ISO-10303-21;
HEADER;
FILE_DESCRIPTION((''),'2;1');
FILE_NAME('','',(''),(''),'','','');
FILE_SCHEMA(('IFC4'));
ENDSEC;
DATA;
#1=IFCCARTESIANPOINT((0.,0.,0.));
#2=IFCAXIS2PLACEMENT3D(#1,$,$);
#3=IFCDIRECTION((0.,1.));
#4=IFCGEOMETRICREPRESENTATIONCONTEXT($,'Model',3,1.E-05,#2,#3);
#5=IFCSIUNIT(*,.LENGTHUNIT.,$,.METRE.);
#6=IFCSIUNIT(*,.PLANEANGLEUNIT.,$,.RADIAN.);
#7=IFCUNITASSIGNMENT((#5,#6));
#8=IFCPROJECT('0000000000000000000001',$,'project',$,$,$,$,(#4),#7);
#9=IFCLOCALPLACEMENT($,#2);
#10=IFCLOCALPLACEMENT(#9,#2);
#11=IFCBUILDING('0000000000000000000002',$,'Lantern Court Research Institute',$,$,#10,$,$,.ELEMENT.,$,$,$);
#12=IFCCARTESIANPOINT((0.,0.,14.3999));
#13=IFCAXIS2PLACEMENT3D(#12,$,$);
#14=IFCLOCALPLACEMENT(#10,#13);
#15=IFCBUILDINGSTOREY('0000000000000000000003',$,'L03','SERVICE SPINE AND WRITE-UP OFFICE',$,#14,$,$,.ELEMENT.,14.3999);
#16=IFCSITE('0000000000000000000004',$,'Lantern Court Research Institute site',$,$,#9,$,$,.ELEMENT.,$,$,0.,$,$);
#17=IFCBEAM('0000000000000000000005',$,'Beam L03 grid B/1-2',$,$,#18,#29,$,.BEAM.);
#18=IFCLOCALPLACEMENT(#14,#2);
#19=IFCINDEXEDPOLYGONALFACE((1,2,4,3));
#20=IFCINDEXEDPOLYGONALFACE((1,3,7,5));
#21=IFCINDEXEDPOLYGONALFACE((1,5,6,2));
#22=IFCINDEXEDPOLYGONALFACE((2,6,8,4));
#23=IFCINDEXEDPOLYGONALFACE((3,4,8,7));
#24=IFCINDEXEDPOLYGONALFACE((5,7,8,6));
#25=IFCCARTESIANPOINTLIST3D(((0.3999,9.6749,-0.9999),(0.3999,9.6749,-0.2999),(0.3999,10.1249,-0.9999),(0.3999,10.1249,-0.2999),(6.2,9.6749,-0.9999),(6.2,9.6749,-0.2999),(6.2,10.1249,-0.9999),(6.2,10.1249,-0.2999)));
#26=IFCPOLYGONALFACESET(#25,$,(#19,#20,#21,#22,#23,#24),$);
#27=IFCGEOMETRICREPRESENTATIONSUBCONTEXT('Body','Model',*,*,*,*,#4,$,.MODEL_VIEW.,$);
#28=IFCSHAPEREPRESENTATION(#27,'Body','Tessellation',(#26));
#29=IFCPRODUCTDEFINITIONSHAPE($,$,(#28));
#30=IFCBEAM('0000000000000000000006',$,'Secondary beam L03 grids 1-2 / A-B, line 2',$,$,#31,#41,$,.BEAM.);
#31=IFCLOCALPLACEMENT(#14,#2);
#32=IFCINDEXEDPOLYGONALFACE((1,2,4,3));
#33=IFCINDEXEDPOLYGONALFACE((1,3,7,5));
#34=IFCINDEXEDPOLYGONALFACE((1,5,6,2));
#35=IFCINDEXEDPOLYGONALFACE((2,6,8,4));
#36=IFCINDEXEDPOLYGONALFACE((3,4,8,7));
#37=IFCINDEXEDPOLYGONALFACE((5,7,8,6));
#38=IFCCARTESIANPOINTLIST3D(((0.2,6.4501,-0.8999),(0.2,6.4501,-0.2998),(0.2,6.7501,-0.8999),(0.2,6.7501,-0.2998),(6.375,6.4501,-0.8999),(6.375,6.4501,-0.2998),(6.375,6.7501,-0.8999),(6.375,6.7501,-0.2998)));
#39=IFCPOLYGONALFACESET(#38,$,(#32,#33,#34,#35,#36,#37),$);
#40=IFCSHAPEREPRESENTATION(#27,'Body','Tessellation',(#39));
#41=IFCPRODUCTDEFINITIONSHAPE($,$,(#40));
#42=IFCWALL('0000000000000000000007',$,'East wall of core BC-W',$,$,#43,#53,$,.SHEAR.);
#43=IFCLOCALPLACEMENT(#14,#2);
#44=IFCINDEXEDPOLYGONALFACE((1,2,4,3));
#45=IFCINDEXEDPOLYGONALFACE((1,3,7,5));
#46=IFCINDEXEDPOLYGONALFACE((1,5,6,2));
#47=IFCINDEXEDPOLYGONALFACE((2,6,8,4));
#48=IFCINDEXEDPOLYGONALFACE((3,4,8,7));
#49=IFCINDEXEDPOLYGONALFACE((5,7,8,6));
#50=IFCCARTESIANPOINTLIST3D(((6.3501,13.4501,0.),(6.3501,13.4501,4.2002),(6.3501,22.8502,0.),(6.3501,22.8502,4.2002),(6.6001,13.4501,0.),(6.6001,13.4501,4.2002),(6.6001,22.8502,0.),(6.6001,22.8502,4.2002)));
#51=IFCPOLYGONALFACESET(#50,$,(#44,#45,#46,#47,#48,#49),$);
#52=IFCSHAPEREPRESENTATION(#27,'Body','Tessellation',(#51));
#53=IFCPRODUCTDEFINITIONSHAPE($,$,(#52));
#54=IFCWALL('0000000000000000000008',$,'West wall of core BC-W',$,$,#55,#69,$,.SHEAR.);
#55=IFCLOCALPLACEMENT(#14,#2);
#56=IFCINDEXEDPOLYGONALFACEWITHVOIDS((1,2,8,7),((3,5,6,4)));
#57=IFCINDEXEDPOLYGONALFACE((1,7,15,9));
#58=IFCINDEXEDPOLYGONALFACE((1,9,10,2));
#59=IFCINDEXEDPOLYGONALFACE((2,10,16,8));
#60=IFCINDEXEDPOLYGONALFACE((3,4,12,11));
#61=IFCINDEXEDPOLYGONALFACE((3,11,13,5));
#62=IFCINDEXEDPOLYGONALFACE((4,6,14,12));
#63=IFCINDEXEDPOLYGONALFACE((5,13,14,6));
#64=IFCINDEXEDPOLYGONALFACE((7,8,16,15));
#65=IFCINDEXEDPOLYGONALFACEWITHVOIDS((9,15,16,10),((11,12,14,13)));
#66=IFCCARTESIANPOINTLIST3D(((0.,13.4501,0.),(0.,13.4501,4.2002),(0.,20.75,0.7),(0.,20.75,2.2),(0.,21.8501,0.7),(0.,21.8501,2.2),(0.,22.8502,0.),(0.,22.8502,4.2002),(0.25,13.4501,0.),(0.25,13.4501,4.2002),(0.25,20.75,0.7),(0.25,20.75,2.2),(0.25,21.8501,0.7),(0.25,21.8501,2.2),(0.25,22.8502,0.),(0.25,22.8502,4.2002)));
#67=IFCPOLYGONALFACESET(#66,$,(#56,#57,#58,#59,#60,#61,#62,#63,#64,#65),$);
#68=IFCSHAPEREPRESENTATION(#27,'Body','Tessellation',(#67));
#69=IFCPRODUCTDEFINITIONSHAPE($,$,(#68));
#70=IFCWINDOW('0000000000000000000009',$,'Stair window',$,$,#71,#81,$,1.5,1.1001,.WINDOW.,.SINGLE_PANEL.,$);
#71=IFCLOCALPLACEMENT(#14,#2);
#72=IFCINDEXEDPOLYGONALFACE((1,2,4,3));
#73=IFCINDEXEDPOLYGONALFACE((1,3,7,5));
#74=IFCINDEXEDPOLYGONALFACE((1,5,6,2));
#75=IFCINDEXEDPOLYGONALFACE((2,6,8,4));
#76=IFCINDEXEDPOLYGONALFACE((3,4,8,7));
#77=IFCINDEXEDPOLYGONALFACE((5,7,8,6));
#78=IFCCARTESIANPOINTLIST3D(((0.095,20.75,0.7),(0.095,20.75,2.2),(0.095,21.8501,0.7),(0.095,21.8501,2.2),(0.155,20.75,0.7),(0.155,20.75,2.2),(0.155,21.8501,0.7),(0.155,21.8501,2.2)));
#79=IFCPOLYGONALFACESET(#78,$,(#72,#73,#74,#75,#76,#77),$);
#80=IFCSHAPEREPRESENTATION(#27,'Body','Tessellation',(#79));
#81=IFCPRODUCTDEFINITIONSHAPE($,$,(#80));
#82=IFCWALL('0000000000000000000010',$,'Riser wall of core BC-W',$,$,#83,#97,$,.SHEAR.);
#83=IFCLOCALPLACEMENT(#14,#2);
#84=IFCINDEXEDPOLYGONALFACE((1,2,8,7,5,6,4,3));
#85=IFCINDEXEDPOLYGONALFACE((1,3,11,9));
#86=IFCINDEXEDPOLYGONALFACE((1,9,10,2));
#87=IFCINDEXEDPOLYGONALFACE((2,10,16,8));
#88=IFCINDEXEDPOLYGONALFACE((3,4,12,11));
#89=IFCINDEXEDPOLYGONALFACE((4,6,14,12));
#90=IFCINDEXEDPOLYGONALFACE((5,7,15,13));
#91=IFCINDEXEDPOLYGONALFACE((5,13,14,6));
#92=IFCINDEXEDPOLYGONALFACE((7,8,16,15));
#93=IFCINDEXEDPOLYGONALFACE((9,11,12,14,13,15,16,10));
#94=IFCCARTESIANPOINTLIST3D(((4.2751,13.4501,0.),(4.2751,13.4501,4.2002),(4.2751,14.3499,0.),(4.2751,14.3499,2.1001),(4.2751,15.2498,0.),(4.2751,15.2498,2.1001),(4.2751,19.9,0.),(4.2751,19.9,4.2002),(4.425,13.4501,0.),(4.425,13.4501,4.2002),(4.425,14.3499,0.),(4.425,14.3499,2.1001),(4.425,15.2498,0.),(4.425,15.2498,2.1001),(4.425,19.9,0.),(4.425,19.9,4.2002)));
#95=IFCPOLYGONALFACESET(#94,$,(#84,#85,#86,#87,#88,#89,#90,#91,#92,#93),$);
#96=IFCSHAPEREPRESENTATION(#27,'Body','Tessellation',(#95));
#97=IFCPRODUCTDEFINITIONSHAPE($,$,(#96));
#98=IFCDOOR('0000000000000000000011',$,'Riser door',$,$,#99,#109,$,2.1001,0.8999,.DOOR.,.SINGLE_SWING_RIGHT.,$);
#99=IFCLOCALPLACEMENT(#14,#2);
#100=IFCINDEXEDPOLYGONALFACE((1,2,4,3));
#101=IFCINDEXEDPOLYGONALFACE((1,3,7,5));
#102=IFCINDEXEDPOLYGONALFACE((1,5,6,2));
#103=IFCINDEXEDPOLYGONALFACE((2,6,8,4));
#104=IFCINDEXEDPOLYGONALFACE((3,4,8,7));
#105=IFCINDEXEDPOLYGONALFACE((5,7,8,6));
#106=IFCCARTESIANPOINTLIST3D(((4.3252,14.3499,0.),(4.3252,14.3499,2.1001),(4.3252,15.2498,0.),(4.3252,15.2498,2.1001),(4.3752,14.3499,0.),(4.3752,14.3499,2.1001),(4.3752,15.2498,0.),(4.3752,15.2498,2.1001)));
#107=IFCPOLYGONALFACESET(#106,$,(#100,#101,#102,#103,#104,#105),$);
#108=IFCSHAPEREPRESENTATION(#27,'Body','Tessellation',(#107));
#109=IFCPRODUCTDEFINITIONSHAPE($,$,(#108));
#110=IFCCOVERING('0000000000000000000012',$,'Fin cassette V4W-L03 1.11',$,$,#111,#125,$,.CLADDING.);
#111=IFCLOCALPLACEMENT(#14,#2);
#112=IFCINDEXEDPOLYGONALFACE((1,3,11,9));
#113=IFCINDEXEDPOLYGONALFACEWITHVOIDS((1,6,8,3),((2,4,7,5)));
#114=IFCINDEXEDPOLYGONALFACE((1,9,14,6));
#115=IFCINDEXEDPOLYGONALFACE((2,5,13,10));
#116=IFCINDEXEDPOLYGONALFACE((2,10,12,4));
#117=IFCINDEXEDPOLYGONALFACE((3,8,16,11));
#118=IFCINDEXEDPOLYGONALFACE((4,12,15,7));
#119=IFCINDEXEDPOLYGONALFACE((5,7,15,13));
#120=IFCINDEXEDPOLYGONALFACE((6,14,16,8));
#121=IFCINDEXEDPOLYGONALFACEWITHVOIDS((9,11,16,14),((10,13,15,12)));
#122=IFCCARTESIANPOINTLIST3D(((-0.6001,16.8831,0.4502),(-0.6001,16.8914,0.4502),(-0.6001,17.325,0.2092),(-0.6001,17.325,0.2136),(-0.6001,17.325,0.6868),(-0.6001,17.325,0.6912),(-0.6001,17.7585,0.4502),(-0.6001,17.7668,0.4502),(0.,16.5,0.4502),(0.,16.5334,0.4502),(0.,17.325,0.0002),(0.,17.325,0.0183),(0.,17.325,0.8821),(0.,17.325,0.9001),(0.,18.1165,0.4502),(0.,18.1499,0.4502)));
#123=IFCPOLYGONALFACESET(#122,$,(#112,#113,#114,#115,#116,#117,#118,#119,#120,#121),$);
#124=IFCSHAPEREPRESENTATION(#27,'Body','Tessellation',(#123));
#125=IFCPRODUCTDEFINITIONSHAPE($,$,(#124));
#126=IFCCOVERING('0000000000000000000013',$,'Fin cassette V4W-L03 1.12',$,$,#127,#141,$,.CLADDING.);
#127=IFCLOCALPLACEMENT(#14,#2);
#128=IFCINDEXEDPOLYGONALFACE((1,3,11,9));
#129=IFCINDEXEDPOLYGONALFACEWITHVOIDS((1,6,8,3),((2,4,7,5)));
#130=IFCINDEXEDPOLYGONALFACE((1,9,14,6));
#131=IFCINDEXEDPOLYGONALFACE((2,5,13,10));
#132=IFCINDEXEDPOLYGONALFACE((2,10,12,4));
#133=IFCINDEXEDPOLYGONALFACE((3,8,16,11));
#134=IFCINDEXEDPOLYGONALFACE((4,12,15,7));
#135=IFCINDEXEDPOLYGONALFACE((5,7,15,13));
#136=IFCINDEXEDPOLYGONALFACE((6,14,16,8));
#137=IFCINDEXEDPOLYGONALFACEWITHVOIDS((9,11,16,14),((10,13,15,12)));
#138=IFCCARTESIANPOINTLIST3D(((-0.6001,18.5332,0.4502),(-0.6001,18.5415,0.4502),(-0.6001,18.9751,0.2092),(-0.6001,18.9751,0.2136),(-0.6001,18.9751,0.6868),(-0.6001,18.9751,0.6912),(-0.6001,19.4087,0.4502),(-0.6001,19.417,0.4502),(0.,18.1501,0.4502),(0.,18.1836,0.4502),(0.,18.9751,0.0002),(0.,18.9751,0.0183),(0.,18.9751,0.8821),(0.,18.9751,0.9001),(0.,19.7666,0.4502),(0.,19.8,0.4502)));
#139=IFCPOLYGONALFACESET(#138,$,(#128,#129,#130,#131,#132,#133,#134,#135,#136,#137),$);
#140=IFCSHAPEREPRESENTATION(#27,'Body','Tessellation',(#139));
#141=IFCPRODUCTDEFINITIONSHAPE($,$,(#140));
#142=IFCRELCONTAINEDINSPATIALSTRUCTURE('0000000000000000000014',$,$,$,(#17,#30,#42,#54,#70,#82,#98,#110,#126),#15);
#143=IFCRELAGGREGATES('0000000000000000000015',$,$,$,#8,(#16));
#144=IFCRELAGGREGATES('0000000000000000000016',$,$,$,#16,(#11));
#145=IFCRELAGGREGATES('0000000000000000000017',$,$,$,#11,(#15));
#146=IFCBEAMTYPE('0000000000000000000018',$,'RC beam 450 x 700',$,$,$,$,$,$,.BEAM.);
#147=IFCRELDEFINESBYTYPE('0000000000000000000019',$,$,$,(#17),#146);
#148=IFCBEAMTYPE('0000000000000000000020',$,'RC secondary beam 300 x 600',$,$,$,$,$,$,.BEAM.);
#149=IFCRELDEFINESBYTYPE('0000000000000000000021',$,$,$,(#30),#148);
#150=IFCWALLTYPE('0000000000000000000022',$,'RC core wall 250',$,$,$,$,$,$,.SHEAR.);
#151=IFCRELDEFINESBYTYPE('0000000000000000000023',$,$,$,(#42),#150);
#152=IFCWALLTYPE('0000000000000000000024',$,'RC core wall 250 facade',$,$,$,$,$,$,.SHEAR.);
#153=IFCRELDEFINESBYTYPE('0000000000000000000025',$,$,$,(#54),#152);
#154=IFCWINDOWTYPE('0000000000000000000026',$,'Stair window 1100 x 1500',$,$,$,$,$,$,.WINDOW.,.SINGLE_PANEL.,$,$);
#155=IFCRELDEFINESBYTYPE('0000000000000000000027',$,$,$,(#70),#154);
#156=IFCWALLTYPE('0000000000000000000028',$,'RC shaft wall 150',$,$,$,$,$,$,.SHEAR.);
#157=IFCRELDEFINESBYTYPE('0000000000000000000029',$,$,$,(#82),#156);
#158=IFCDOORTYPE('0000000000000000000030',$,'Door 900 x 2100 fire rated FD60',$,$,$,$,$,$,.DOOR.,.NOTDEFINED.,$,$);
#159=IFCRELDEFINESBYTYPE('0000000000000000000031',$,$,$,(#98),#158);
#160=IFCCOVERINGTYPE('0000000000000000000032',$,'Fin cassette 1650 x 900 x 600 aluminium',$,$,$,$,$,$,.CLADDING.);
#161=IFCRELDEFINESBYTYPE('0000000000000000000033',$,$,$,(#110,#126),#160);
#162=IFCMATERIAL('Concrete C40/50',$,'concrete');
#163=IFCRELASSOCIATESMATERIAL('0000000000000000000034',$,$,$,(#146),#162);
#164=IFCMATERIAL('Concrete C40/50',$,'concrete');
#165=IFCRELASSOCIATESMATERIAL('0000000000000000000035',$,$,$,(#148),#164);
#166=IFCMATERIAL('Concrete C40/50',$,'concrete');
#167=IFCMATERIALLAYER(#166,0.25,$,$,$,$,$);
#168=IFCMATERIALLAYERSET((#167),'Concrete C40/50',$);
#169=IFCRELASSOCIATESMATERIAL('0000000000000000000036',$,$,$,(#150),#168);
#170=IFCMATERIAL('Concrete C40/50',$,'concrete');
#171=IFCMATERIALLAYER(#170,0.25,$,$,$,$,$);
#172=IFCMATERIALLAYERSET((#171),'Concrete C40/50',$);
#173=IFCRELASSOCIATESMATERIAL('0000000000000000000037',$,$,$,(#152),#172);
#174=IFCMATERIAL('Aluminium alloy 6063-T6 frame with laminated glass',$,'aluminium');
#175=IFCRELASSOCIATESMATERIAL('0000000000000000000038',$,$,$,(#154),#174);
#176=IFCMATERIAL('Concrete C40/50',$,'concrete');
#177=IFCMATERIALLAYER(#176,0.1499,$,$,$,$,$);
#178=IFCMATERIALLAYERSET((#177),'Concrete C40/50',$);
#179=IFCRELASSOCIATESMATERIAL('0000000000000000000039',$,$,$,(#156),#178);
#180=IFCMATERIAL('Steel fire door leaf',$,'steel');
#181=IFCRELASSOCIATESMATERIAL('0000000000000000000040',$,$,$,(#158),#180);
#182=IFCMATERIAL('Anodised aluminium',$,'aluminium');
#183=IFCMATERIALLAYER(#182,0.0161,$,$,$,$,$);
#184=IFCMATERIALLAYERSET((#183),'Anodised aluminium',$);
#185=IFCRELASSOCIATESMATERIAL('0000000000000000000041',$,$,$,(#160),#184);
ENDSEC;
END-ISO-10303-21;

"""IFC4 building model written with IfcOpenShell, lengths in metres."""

from ifc_helpers import new_model, entity, si_unit, direction, frame, frame_2d, origin, origin_2d, place, context, subcontext, project, spatial, rectangle, extrude, material, layer, layer_set, material_profile, profile_set, type_object, element, fill, save


model = new_model("IFC4")

# Units and contexts
model_context = context("Model", 3, precision=1e-05, world=origin(), true_north=direction((0.0, 1.0)))
body_context = subcontext(model_context, "Body", "Model", "MODEL_VIEW")
ifc_project = project(units=[si_unit("LENGTHUNIT", "METRE"), si_unit("PLANEANGLEUNIT", "RADIAN")], contexts=[model_context])

# Site, building, storey
site_placement = place(None, origin())
site = spatial("IfcSite", under=ifc_project, at=site_placement, Name="Lantern Court Research Institute site", CompositionType="ELEMENT", RefElevation=0.0)
building_placement = place(site_placement, origin())
building = spatial("IfcBuilding", under=site, at=building_placement, Name="Lantern Court Research Institute", CompositionType="ELEMENT")
storey_placement = place(building_placement, frame((0.0, 0.0, 14.3999)))
storey = spatial("IfcBuildingStorey", under=building, at=storey_placement, Name="L03", Description="SERVICE SPINE AND WRITE-UP OFFICE", CompositionType="ELEMENT", Elevation=14.3999)

# Beams
ifc_material_1 = material(Name="Concrete C40/50", Category="concrete")
ifc_material_profile_1 = material_profile(ifc_material_1, rectangle(XDim=0.45, YDim=0.7, at=origin_2d()), Name="RC beam 450 x 700")
ifc_profile_set_1 = profile_set([ifc_material_profile_1], Name="Concrete C40/50")
beam_type_1 = type_object("IfcBeamType", Name="RC beam 450 x 700", PredefinedType="BEAM", material=ifc_profile_set_1)
beam_1_placement = place(storey_placement, frame((0.3999, 9.8999, -0.6499), z_axis=(1.0, 0.0, 0.0), x_axis=(0.0, 1.0, 0.0)))
element("IfcBeam", 1, at=beam_1_placement, inside=storey, type_object=beam_type_1, Name="Beam L03 grid B/1-2", PredefinedType="BEAM", context=body_context, shape_type="SweptSolid", body=[
    extrude(rectangle(XDim=0.45, YDim=0.7, at=origin_2d()), origin(), (0.0, 0.0, 1.0), 5.8),
])
ifc_material_2 = material(Name="Concrete C40/50", Category="concrete")
ifc_material_profile_2 = material_profile(ifc_material_2, rectangle(XDim=0.3, YDim=0.6001, at=origin_2d()), Name="RC beam 300 x 600")
ifc_profile_set_2 = profile_set([ifc_material_profile_2], Name="Concrete C40/50")
beam_type_2 = type_object("IfcBeamType", Name="RC secondary beam 300 x 600", PredefinedType="BEAM", material=ifc_profile_set_2)
beam_2_placement = place(storey_placement, frame((0.2, 6.6001, -0.5999), z_axis=(1.0, 0.0, 0.0), x_axis=(0.0, 1.0, 0.0)))
element("IfcBeam", 2, at=beam_2_placement, inside=storey, type_object=beam_type_2, Name="Secondary beam L03 grids 1-2 / A-B, line 2", PredefinedType="BEAM", context=body_context, shape_type="SweptSolid", body=[
    extrude(rectangle(XDim=0.3, YDim=0.6001, at=origin_2d()), origin(), (0.0, 0.0, 1.0), 6.175),
])

# Wall
ifc_material_3 = material(Name="Concrete C40/50", Category="concrete")
ifc_layer_1 = layer(ifc_material_3, 0.25)
ifc_layer_set_1 = layer_set([ifc_layer_1], Name="Concrete C40/50")
wall_type_1 = type_object("IfcWallType", Name="RC core wall 250", PredefinedType="SHEAR", material=ifc_layer_set_1)
wall_1_placement = place(storey_placement, frame((6.4751, 13.45, 0.0), z_axis=(0.0, 0.0, 1.0), x_axis=(0.0, 1.0, 0.0)))
element("IfcWall", 3, at=wall_1_placement, inside=storey, type_object=wall_type_1, Name="East wall of core BC-W", PredefinedType="SHEAR", context=body_context, shape_type="SweptSolid", body=[
    extrude(rectangle(XDim=9.4001, YDim=0.25, at=frame_2d((4.7002, 0.0))), origin(), (0.0, 0.0, 1.0), 4.2002),
])

# Wall, opening, window
ifc_material_4 = material(Name="Concrete C40/50", Category="concrete")
ifc_layer_2 = layer(ifc_material_4, 0.25)
ifc_layer_set_2 = layer_set([ifc_layer_2], Name="Concrete C40/50")
wall_type_2 = type_object("IfcWallType", Name="RC core wall 250 facade", PredefinedType="SHEAR", material=ifc_layer_set_2)
wall_2_placement = place(storey_placement, frame((0.125, 13.45, 0.0), z_axis=(0.0, 0.0, 1.0), x_axis=(0.0, 1.0, 0.0)))
wall_2 = element("IfcWall", 4, at=wall_2_placement, inside=storey, type_object=wall_type_2, Name="West wall of core BC-W", PredefinedType="SHEAR", context=body_context, shape_type="SweptSolid", body=[
    extrude(rectangle(XDim=9.4001, YDim=0.25, at=frame_2d((4.7002, 0.0))), origin(), (0.0, 0.0, 1.0), 4.2002),
])
opening_1_placement = place(wall_2_placement, frame((7.3, 0.0, 0.7)))
opening_1 = element("IfcOpeningElement", 5, at=opening_1_placement, cuts=wall_2, PredefinedType="OPENING", context=body_context, shape_type="SweptSolid", body=[
    extrude(rectangle(XDim=1.1001, YDim=1.5, at=frame_2d((0.55, 0.75))), frame((0.0, 0.135, 0.0), z_axis=(0.0, -1.0, 0.0), x_axis=(1.0, 0.0, 0.0)), (0.0, 0.0, 1.0), 0.27),
])
ifc_material_5 = material(Name="Aluminium alloy 6063-T6 frame with laminated glass", Category="aluminium")
window_type = type_object("IfcWindowType", Name="Stair window 1100 x 1500", PartitioningType="SINGLE_PANEL", PredefinedType="WINDOW", material=ifc_material_5)
window_placement = place(opening_1_placement, origin())
window = element("IfcWindow", 6, at=window_placement, inside=storey, type_object=window_type, Name="Stair window", OverallHeight=1.5, OverallWidth=1.1001, PartitioningType="SINGLE_PANEL", PredefinedType="WINDOW", context=body_context, shape_type="SweptSolid", body=[
    extrude(rectangle(XDim=1.1001, YDim=1.5, at=frame_2d((0.55, 0.75))), frame((0.0, 0.03, 0.0), z_axis=(0.0, -1.0, 0.0), x_axis=(1.0, 0.0, 0.0)), (0.0, 0.0, 1.0), 0.0601),
])
fill(opening_1, window)

# Wall, opening, door
ifc_material_6 = material(Name="Concrete C40/50", Category="concrete")
ifc_layer_3 = layer(ifc_material_6, 0.1499)
ifc_layer_set_3 = layer_set([ifc_layer_3], Name="Concrete C40/50")
wall_type_3 = type_object("IfcWallType", Name="RC shaft wall 150", PredefinedType="SHEAR", material=ifc_layer_set_3)
wall_3_placement = place(storey_placement, frame((4.3501, 13.45, 0.0), z_axis=(0.0, 0.0, 1.0), x_axis=(0.0, 1.0, 0.0)))
wall_3 = element("IfcWall", 7, at=wall_3_placement, inside=storey, type_object=wall_type_3, Name="Riser wall of core BC-W", PredefinedType="SHEAR", context=body_context, shape_type="SweptSolid", body=[
    extrude(rectangle(XDim=6.45, YDim=0.1499, at=frame_2d((3.2251, 0.0))), origin(), (0.0, 0.0, 1.0), 4.2002),
])
opening_2_placement = place(wall_3_placement, frame((0.8999, 0.0, 0.0)))
opening_2 = element("IfcOpeningElement", 8, at=opening_2_placement, cuts=wall_3, PredefinedType="OPENING", context=body_context, shape_type="SweptSolid", body=[
    extrude(rectangle(XDim=0.8999, YDim=2.1001, at=frame_2d((0.45, 1.05))), frame((0.0, 0.085, 0.0), z_axis=(0.0, -1.0, 0.0), x_axis=(1.0, 0.0, 0.0)), (0.0, 0.0, 1.0), 0.1699),
])
ifc_material_7 = material(Name="Steel fire door leaf", Category="steel")
door_type_1 = type_object("IfcDoorType", Name="Door 900 x 2100 fire rated FD60", OperationType="NOTDEFINED", PredefinedType="DOOR", material=ifc_material_7)
door_1_placement = place(opening_2_placement, origin())
door_1 = element("IfcDoor", 9, at=door_1_placement, inside=storey, type_object=door_type_1, Name="Riser door", OperationType="SINGLE_SWING_RIGHT", OverallHeight=2.1001, OverallWidth=0.8999, PredefinedType="DOOR", context=body_context, shape_type="SweptSolid", body=[
    extrude(rectangle(XDim=0.8999, YDim=2.1001, at=frame_2d((0.45, 1.05))), frame((0.0, 0.0249, 0.0), z_axis=(0.0, -1.0, 0.0), x_axis=(1.0, 0.0, 0.0)), (0.0, 0.0, 1.0), 0.05),
])
fill(opening_2, door_1)

# Coverings
ifc_material_8 = material(Name="Anodised aluminium", Category="aluminium")
ifc_layer_4 = layer(ifc_material_8, 0.0161)
ifc_layer_set_4 = layer_set([ifc_layer_4], Name="Anodised aluminium")
covering_type = type_object("IfcCoveringType", Name="Fin cassette 1650 x 900 x 600 aluminium", PredefinedType="CLADDING", material=ifc_layer_set_4)
covering_1_placement = place(storey_placement, frame((0.0, 17.325, 0.4502), z_axis=(-1.0, 0.0, 0.0), x_axis=(0.0, -1.0, 0.0)))
cartesian_point_1 = entity("IfcCartesianPoint", [0.825, 0.0])
cartesian_point_2 = entity("IfcCartesianPoint", [0.7915, 0.0])
cartesian_point_3 = entity("IfcCartesianPoint", [0.4419, 0.0])
cartesian_point_4 = entity("IfcCartesianPoint", [0.4336, 0.0])
element("IfcCovering", 10, at=covering_1_placement, inside=storey, type_object=covering_type, Name="Fin cassette V4W-L03 1.11", PredefinedType="CLADDING", context=body_context, shape_type="SweptSolid", body=[
    entity("IfcExtrudedAreaSolidTapered", entity("IfcArbitraryProfileDefWithVoids", "AREA", None, entity("IfcPolyline", [cartesian_point_1, entity("IfcCartesianPoint", [0.0, 0.45]), entity("IfcCartesianPoint", [-0.825, 0.0]), entity("IfcCartesianPoint", [0.0, -0.45]), cartesian_point_1]), [entity("IfcPolyline", [cartesian_point_2, entity("IfcCartesianPoint", [0.0, 0.4319]), entity("IfcCartesianPoint", [-0.7915, 0.0]), entity("IfcCartesianPoint", [0.0, -0.4319]), cartesian_point_2])]), entity("IfcAxis2Placement3D", entity("IfcCartesianPoint", [0.0, 0.0, 0.0])), entity("IfcDirection", [0.0, 0.0, 1.0]), 0.6001, entity("IfcArbitraryProfileDefWithVoids", "AREA", None, entity("IfcPolyline", [cartesian_point_3, entity("IfcCartesianPoint", [0.0, 0.241]), entity("IfcCartesianPoint", [-0.4419, 0.0]), entity("IfcCartesianPoint", [0.0, -0.241]), cartesian_point_3]), [entity("IfcPolyline", [cartesian_point_4, entity("IfcCartesianPoint", [0.0, 0.2366]), entity("IfcCartesianPoint", [-0.4336, 0.0]), entity("IfcCartesianPoint", [0.0, -0.2366]), cartesian_point_4])])),
])
covering_2_placement = place(storey_placement, frame((0.0, 18.9751, 0.4502), z_axis=(-1.0, 0.0, 0.0), x_axis=(0.0, -1.0, 0.0)))
cartesian_point_5 = entity("IfcCartesianPoint", [0.825, 0.0])
cartesian_point_6 = entity("IfcCartesianPoint", [0.7915, 0.0])
cartesian_point_7 = entity("IfcCartesianPoint", [0.4419, 0.0])
cartesian_point_8 = entity("IfcCartesianPoint", [0.4336, 0.0])
element("IfcCovering", 11, at=covering_2_placement, inside=storey, type_object=covering_type, Name="Fin cassette V4W-L03 1.12", PredefinedType="CLADDING", context=body_context, shape_type="SweptSolid", body=[
    entity("IfcExtrudedAreaSolidTapered", entity("IfcArbitraryProfileDefWithVoids", "AREA", None, entity("IfcPolyline", [cartesian_point_5, entity("IfcCartesianPoint", [0.0, 0.45]), entity("IfcCartesianPoint", [-0.825, 0.0]), entity("IfcCartesianPoint", [0.0, -0.45]), cartesian_point_5]), [entity("IfcPolyline", [cartesian_point_6, entity("IfcCartesianPoint", [0.0, 0.4319]), entity("IfcCartesianPoint", [-0.7915, 0.0]), entity("IfcCartesianPoint", [0.0, -0.4319]), cartesian_point_6])]), entity("IfcAxis2Placement3D", entity("IfcCartesianPoint", [0.0, 0.0, 0.0])), entity("IfcDirection", [0.0, 0.0, 1.0]), 0.6001, entity("IfcArbitraryProfileDefWithVoids", "AREA", None, entity("IfcPolyline", [cartesian_point_7, entity("IfcCartesianPoint", [0.0, 0.241]), entity("IfcCartesianPoint", [-0.4419, 0.0]), entity("IfcCartesianPoint", [0.0, -0.241]), cartesian_point_7]), [entity("IfcPolyline", [cartesian_point_8, entity("IfcCartesianPoint", [0.0, 0.2366]), entity("IfcCartesianPoint", [-0.4336, 0.0]), entity("IfcCartesianPoint", [0.0, -0.2366]), cartesian_point_8])])),
])

save(model, "model.ifc")
